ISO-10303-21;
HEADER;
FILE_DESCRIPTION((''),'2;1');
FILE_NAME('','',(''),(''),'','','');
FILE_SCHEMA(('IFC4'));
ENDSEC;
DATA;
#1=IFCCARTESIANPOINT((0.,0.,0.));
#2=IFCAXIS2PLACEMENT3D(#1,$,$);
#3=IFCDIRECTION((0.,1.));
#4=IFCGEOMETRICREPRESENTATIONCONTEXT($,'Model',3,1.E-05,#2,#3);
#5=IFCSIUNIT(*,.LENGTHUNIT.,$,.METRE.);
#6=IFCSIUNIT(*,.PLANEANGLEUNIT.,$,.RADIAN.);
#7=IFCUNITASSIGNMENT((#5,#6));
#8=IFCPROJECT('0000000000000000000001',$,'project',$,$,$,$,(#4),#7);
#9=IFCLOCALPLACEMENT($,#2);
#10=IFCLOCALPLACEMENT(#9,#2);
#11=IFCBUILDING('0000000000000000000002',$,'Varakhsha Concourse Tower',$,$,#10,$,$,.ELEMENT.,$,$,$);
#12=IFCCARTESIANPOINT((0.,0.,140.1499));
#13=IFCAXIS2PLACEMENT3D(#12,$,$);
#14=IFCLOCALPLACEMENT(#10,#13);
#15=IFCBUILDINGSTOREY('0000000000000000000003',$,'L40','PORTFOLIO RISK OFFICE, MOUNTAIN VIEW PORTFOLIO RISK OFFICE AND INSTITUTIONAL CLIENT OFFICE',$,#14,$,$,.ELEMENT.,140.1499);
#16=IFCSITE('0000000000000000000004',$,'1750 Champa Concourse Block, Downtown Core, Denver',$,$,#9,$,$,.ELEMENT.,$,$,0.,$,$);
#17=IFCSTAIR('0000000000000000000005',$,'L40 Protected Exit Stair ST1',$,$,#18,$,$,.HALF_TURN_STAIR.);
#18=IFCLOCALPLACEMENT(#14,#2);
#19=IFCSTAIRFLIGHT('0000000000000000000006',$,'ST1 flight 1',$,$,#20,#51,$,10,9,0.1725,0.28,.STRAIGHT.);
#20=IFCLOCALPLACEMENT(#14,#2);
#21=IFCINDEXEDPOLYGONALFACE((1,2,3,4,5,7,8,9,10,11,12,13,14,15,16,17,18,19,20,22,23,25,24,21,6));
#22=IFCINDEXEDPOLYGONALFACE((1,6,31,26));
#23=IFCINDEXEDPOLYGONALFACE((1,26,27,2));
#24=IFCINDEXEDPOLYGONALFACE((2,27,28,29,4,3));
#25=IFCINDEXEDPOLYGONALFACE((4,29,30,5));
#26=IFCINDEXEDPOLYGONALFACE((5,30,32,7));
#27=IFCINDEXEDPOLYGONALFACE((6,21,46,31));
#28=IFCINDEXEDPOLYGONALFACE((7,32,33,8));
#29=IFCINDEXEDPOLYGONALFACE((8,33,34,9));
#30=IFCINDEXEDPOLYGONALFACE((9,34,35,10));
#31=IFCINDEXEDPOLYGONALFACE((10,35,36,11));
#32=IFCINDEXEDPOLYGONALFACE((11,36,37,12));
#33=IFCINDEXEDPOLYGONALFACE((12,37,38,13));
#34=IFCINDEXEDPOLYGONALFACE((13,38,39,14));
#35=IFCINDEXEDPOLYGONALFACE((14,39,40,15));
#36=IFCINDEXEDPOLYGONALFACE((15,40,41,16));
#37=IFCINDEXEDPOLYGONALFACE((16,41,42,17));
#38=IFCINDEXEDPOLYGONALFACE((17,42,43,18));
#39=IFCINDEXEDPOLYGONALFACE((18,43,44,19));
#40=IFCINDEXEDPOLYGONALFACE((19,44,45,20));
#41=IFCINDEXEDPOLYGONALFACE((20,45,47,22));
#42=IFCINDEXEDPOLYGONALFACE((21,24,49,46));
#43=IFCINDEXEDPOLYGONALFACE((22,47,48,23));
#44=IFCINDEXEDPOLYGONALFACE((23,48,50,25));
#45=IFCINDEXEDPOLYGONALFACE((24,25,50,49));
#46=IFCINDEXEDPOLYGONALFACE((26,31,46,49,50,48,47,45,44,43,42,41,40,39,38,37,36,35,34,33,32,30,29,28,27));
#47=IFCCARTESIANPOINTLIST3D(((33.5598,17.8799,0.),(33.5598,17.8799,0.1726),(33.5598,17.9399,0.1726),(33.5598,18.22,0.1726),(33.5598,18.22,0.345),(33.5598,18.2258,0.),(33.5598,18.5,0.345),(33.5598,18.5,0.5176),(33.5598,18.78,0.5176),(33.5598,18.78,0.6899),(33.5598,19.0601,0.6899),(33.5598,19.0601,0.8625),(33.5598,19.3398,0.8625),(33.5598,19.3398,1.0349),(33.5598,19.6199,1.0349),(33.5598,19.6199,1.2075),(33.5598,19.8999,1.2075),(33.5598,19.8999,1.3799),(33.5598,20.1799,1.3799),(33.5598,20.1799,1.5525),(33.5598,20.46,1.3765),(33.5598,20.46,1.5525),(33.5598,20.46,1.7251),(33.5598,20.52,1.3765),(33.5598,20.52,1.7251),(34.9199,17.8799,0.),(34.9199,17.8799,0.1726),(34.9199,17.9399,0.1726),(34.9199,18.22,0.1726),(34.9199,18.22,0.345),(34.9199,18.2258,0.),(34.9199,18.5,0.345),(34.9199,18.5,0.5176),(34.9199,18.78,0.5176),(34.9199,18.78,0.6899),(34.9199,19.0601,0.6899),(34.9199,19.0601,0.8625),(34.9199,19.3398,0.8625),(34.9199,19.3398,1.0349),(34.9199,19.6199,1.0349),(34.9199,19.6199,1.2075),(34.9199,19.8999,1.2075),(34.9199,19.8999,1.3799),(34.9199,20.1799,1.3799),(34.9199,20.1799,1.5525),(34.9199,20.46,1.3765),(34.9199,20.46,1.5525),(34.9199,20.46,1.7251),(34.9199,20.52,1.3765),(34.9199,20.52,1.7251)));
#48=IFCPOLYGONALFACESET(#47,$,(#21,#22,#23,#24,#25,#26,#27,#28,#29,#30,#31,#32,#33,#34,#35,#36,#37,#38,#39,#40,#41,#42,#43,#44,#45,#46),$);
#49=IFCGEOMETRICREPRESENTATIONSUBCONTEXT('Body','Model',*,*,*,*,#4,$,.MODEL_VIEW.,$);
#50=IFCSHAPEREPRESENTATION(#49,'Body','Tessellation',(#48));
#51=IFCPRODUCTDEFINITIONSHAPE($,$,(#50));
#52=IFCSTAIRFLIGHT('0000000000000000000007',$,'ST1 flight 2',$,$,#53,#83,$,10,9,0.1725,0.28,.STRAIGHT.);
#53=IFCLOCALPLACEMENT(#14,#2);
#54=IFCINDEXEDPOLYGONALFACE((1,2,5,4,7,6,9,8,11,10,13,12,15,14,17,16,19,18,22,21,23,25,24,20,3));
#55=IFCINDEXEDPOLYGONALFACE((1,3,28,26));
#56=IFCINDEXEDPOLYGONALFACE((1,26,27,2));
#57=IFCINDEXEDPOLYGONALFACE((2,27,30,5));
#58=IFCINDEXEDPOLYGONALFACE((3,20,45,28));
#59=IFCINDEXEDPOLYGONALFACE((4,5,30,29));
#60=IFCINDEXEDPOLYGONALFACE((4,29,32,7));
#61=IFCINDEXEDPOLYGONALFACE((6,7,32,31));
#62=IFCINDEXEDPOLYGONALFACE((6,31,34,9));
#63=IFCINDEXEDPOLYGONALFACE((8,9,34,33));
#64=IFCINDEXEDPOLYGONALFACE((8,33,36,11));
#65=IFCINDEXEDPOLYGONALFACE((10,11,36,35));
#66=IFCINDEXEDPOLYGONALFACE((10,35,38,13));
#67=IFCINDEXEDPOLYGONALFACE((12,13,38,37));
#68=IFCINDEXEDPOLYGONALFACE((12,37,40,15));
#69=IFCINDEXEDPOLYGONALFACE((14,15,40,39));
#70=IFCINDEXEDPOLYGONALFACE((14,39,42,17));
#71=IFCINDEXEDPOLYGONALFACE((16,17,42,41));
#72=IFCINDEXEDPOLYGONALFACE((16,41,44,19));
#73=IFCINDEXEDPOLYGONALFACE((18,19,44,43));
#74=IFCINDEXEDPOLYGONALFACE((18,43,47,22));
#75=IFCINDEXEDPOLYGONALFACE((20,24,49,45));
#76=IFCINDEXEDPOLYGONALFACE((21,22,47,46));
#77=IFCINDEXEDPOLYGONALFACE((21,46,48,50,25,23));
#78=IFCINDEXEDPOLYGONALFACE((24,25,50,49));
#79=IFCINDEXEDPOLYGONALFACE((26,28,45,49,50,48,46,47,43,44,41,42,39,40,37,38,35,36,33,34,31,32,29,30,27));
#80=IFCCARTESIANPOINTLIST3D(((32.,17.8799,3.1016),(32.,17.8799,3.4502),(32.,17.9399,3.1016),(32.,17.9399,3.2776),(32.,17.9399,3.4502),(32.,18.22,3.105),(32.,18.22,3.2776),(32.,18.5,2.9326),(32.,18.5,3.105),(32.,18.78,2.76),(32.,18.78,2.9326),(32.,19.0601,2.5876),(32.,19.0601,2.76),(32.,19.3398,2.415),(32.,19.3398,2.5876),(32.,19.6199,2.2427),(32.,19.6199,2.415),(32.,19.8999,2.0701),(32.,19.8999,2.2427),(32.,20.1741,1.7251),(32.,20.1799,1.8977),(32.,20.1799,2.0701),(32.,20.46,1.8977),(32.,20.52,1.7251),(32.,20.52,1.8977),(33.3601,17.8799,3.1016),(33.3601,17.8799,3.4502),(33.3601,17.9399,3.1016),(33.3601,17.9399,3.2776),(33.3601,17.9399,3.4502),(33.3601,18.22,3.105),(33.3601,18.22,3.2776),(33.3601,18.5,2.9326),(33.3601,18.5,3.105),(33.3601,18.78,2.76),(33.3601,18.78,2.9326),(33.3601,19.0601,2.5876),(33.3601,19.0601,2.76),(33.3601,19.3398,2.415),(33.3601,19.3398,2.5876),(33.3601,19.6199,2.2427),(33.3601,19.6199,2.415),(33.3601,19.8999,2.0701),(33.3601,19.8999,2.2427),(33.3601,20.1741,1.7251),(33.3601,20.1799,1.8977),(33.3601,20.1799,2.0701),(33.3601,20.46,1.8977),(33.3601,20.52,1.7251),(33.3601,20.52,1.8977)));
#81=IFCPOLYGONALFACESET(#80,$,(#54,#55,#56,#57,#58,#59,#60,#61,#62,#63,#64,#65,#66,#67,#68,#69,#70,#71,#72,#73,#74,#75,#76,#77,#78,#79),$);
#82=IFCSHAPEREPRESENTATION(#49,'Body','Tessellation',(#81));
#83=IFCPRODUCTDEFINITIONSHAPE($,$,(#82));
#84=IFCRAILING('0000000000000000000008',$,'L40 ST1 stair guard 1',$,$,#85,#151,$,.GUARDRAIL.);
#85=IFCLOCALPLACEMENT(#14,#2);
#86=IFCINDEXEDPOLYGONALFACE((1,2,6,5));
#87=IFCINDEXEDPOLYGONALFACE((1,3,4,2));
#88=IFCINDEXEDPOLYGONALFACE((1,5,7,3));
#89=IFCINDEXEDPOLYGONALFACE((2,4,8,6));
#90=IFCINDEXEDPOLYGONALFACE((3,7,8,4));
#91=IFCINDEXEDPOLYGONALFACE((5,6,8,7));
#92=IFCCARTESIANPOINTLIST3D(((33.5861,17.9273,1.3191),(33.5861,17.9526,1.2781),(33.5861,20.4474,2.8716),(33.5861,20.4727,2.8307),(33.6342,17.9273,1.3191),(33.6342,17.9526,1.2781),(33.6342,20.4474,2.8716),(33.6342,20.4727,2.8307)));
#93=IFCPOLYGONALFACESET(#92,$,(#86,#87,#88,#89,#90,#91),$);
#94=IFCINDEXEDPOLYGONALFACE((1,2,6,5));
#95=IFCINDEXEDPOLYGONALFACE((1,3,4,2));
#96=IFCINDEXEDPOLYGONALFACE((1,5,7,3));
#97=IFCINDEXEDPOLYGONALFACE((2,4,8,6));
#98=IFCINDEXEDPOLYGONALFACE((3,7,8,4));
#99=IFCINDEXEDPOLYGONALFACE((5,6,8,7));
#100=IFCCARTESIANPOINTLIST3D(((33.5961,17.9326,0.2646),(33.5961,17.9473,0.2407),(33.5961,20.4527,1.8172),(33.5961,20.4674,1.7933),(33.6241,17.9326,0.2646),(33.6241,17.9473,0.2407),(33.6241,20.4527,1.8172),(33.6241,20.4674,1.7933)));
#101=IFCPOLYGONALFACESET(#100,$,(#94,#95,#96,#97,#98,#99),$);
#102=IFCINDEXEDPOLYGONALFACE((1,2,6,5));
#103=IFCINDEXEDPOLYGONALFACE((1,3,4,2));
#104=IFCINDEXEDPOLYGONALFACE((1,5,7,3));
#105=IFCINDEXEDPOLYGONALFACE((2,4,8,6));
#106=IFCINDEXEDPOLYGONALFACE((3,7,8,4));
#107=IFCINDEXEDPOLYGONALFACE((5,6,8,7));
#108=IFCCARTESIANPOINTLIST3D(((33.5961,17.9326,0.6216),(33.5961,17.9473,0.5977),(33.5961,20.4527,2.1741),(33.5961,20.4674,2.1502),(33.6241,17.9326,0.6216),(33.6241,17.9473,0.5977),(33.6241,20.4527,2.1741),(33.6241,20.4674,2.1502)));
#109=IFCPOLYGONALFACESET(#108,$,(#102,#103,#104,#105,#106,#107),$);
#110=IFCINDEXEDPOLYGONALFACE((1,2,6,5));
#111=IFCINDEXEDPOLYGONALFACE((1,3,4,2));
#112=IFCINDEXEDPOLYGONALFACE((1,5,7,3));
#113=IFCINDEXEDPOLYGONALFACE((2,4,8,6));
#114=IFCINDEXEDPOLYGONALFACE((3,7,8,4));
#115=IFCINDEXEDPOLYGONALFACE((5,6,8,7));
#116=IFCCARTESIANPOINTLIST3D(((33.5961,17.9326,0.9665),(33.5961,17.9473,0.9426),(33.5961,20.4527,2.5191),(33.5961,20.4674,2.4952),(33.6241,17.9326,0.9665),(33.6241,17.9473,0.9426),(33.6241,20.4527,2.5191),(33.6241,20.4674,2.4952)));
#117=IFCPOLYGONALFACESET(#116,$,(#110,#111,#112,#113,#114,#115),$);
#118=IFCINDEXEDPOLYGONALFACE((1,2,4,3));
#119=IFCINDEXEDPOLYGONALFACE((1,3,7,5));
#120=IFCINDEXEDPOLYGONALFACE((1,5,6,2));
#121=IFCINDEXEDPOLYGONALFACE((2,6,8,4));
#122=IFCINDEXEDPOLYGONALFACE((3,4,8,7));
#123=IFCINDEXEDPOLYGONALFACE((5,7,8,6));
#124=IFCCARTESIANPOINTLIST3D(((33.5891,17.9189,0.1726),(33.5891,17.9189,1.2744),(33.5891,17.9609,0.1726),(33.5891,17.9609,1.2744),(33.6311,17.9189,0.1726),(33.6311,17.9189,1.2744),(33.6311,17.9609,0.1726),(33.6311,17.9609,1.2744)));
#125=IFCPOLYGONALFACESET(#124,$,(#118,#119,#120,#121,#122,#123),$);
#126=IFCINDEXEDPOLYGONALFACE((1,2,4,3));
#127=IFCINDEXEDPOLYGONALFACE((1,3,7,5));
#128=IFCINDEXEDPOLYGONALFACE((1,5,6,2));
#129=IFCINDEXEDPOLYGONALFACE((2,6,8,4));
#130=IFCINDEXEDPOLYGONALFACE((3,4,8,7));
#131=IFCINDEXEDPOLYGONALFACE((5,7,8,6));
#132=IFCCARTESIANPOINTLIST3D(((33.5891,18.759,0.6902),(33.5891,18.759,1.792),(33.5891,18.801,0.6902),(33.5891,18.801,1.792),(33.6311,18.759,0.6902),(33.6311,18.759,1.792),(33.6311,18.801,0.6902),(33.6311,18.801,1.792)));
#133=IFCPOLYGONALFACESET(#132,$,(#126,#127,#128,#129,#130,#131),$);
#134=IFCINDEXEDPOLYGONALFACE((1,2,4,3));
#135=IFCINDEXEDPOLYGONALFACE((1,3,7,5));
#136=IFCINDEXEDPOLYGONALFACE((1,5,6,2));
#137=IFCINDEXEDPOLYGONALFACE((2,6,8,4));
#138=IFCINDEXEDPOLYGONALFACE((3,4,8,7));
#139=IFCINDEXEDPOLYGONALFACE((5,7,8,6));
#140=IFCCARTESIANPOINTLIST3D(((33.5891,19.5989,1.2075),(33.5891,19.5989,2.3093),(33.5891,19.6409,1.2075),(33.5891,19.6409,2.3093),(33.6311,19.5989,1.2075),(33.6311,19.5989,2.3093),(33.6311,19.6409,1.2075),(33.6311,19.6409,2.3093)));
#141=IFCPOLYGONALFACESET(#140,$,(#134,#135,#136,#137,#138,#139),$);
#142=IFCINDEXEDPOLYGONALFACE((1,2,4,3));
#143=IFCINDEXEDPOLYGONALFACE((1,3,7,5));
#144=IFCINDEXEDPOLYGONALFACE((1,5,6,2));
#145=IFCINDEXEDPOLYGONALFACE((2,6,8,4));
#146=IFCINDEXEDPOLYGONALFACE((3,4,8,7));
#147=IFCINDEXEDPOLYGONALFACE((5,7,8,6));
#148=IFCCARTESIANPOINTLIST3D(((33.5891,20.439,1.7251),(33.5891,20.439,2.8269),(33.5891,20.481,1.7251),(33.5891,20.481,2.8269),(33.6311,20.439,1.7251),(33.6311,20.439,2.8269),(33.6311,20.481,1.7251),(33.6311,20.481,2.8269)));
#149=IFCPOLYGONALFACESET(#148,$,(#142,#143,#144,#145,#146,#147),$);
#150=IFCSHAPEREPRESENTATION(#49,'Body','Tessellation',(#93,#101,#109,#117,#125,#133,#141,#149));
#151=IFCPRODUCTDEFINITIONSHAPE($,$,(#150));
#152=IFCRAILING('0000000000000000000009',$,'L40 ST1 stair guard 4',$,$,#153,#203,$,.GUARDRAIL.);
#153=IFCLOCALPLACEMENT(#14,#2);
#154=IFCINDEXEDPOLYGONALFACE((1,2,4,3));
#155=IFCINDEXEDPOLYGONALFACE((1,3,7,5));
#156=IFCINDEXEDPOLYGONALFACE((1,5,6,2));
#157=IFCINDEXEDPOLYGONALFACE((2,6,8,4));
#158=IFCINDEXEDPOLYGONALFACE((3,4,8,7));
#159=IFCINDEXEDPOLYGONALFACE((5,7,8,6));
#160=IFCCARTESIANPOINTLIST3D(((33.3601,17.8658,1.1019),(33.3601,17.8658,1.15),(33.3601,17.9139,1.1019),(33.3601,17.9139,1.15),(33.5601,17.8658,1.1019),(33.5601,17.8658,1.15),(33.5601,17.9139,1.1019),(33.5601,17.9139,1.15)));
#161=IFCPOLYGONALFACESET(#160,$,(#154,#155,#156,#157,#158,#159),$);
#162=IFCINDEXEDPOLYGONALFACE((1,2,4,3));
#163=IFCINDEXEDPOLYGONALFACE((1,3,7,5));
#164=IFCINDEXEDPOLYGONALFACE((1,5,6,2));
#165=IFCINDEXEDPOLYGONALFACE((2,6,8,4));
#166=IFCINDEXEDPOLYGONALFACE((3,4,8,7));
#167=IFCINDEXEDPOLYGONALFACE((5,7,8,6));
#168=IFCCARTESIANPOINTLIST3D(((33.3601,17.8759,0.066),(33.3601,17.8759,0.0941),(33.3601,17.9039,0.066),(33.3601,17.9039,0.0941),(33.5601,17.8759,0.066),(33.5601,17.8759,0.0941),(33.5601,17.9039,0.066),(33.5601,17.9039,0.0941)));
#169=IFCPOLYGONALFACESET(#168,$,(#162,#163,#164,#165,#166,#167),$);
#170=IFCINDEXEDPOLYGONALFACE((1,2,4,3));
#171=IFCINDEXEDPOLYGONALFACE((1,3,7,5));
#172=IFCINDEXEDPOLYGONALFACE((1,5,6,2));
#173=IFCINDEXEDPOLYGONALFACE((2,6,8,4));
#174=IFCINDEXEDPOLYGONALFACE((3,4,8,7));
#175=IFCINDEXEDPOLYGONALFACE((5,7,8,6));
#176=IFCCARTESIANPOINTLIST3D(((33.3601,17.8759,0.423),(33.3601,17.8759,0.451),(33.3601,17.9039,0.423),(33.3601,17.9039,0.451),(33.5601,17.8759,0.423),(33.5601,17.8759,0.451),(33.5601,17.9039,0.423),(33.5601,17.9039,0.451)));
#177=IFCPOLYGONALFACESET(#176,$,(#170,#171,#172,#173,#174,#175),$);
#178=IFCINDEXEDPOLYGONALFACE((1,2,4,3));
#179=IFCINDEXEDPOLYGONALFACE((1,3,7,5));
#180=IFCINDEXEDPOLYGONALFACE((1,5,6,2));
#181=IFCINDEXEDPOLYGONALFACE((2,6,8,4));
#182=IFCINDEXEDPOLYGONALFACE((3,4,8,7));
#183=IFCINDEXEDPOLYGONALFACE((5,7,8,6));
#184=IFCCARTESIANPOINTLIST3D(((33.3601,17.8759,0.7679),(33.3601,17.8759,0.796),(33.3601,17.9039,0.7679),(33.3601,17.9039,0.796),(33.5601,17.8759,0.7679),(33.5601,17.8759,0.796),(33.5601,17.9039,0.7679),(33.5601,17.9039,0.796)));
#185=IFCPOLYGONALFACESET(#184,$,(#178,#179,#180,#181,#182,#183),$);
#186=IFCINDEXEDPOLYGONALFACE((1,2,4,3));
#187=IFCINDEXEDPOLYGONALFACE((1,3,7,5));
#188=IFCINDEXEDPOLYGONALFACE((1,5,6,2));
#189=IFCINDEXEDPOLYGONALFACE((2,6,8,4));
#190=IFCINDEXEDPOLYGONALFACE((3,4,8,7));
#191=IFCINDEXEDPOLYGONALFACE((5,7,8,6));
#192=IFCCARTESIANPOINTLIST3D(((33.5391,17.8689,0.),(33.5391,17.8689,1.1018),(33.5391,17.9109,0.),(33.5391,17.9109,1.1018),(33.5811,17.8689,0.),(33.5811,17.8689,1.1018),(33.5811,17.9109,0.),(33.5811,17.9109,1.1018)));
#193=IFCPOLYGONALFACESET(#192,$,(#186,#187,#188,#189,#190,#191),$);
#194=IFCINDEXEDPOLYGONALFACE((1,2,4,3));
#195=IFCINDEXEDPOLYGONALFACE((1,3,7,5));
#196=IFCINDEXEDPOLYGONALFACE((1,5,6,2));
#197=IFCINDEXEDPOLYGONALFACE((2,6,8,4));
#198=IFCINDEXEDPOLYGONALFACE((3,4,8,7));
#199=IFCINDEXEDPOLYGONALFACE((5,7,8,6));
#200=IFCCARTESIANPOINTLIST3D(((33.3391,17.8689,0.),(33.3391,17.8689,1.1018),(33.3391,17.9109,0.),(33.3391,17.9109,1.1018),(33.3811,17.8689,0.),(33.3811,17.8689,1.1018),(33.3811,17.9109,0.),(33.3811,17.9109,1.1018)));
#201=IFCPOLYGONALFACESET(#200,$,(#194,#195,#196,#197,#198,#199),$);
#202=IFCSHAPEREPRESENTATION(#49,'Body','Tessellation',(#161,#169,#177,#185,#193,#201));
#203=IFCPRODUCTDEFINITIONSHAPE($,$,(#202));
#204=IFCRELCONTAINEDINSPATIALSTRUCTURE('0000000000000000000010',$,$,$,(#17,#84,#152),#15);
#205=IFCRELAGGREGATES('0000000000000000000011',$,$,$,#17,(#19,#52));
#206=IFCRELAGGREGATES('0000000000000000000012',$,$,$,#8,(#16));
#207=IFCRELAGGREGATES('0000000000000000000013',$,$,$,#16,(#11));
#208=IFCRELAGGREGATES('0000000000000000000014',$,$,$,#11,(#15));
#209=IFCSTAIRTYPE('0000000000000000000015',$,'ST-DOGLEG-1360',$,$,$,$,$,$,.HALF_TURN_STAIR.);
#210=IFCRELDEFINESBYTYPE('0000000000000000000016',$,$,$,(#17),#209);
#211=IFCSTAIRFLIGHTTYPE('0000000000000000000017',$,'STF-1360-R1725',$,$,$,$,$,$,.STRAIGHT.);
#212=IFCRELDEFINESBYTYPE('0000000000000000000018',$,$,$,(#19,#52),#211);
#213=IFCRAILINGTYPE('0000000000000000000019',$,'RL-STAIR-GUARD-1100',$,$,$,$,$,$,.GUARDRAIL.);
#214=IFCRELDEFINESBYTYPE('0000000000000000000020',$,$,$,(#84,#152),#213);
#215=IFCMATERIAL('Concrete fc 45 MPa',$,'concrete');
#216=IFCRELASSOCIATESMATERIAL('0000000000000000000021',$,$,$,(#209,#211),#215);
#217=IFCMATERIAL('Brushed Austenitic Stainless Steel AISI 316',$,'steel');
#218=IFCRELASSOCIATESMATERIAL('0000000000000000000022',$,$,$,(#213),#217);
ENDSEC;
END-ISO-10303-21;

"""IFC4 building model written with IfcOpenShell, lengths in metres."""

from ifc_helpers import new_model, si_unit, direction, frame, origin, origin_2d, place, context, subcontext, project, spatial, polyline, rectangle, outline, extrude, material, type_object, element, aggregate, save


model = new_model("IFC4")

# Units and contexts
model_context = context("Model", 3, precision=1e-05, world=origin(), true_north=direction((0.0, 1.0)))
body_context = subcontext(model_context, "Body", "Model", "MODEL_VIEW")
ifc_project = project(units=[si_unit("LENGTHUNIT", "METRE"), si_unit("PLANEANGLEUNIT", "RADIAN")], contexts=[model_context])

# Site, building, storey
site_placement = place(None, origin())
site = spatial("IfcSite", under=ifc_project, at=site_placement, Name="1750 Champa Concourse Block, Downtown Core, Denver", CompositionType="ELEMENT", RefElevation=0.0)
building_placement = place(site_placement, origin())
building = spatial("IfcBuilding", under=site, at=building_placement, Name="Varakhsha Concourse Tower", CompositionType="ELEMENT")
storey_placement = place(building_placement, frame((0.0, 0.0, 140.1499)))
storey = spatial("IfcBuildingStorey", under=building, at=storey_placement, Name="L40", Description="PORTFOLIO RISK OFFICE, MOUNTAIN VIEW PORTFOLIO RISK OFFICE AND INSTITUTIONAL CLIENT OFFICE", CompositionType="ELEMENT", Elevation=140.1499)

# Shared definitions
ifc_material_1 = material(Name="Concrete fc 45 MPa", Category="concrete")

# Stair, stair flights
stair_type = type_object("IfcStairType", Name="ST-DOGLEG-1360", PredefinedType="HALF_TURN_STAIR", material=ifc_material_1)
stair_placement = place(storey_placement, origin())
stair = element("IfcStair", 1, at=stair_placement, inside=storey, type_object=stair_type, Name="L40 Protected Exit Stair ST1", PredefinedType="HALF_TURN_STAIR")
stair_flight_type = type_object("IfcStairFlightType", Name="STF-1360-R1725", PredefinedType="STRAIGHT", material=ifc_material_1)
stair_flight_1_placement = place(storey_placement, frame((34.24, 17.9399, 0.0), z_axis=(0.0, 0.0, 1.0), x_axis=(0.0, 1.0, 0.0)))
stair_flight_1 = element("IfcStairFlight", 2, at=stair_flight_1_placement, type_object=stair_flight_type, Name="ST1 flight 1", NumberOfRisers=10, NumberOfTreads=9, PredefinedType="STRAIGHT", RiserHeight=0.1725, TreadLength=0.28, context=body_context, shape_type="SweptSolid", body=[
    extrude(outline(polyline([(-0.0601, 0.0), (-0.0601, 0.1726), (0.0, 0.1726), (0.28, 0.1726), (0.28, 0.345), (0.5601, 0.345), (0.5601, 0.5176), (0.8401, 0.5176), (0.8401, 0.6899), (1.1201, 0.6899), (1.1201, 0.8625), (1.3999, 0.8625), (1.3999, 1.0349), (1.6799, 1.0349), (1.6799, 1.2075), (1.96, 1.2075), (1.96, 1.3799), (2.24, 1.3799), (2.24, 1.5525), (2.52, 1.5525), (2.52, 1.7251), (2.5801, 1.7251), (2.5801, 1.3765), (2.52, 1.3765), (0.2859, 0.0), (-0.0601, 0.0)])), frame((0.0, 0.6802, 0.0), z_axis=(0.0, -1.0, 0.0), x_axis=(1.0, 0.0, 0.0)), (0.0, 0.0, 1.0), 1.3601),
])
stair_flight_2_placement = place(storey_placement, frame((32.6799, 20.46, 1.7251), z_axis=(0.0, 0.0, 1.0), x_axis=(0.0, -1.0, 0.0)))
stair_flight_2 = element("IfcStairFlight", 3, at=stair_flight_2_placement, type_object=stair_flight_type, Name="ST1 flight 2", NumberOfRisers=10, NumberOfTreads=9, PredefinedType="STRAIGHT", RiserHeight=0.1725, TreadLength=0.28, context=body_context, shape_type="SweptSolid", body=[
    extrude(outline(polyline([(-0.0601, 0.0), (-0.0601, 0.1726), (0.0, 0.1726), (0.28, 0.1726), (0.28, 0.345), (0.5601, 0.345), (0.5601, 0.5176), (0.8401, 0.5176), (0.8401, 0.6899), (1.1201, 0.6899), (1.1201, 0.8625), (1.3999, 0.8625), (1.3999, 1.0349), (1.6799, 1.0349), (1.6799, 1.2075), (1.96, 1.2075), (1.96, 1.3799), (2.24, 1.3799), (2.24, 1.5525), (2.52, 1.5525), (2.52, 1.7251), (2.5801, 1.7251), (2.5801, 1.3765), (2.52, 1.3765), (0.2859, 0.0), (-0.0601, 0.0)])), frame((0.0, 0.6802, 0.0), z_axis=(0.0, -1.0, 0.0), x_axis=(1.0, 0.0, 0.0)), (0.0, 0.0, 1.0), 1.3601),
])
aggregate(stair, [stair_flight_1, stair_flight_2])

# Railings
ifc_material_2 = material(Name="Brushed Austenitic Stainless Steel AISI 316", Category="steel")
railing_type_1 = type_object("IfcRailingType", Name="RL-STAIR-GUARD-1100", PredefinedType="GUARDRAIL", material=ifc_material_2)
railing_1_placement = place(storey_placement, frame((33.6101, 17.9399, 0.1726)))
element("IfcRailing", 4, at=railing_1_placement, inside=storey, type_object=railing_type_1, Name="L40 ST1 stair guard 1", PredefinedType="GUARDRAIL", context=body_context, shape_type="SweptSolid", body=[
    extrude(rectangle(XDim=0.0481, YDim=0.0481, at=origin_2d()), frame((0.0, 0.0, 1.126), z_axis=(0.0, 0.8514, 0.524516), x_axis=(-1.0, 0.0, 0.0)), (0.0, 0.0, 1.0), 2.96),
    extrude(rectangle(XDim=0.0281, YDim=0.0281, at=origin_2d()), frame((0.0, 0.0, 0.0801), z_axis=(0.0, 0.8514, 0.524516), x_axis=(-1.0, 0.0, 0.0)), (0.0, 0.0, 1.0), 2.96),
    extrude(rectangle(XDim=0.0281, YDim=0.0281, at=origin_2d()), frame((0.0, 0.0, 0.437), z_axis=(0.0, 0.8514, 0.524516), x_axis=(-1.0, 0.0, 0.0)), (0.0, 0.0, 1.0), 2.96),
    extrude(rectangle(XDim=0.0281, YDim=0.0281, at=origin_2d()), frame((0.0, 0.0, 0.782), z_axis=(0.0, 0.8514, 0.524516), x_axis=(-1.0, 0.0, 0.0)), (0.0, 0.0, 1.0), 2.96),
    extrude(rectangle(XDim=0.042, YDim=0.042, at=origin_2d()), origin(), (0.0, 0.0, 1.0), 1.1018),
    extrude(rectangle(XDim=0.042, YDim=0.042, at=origin_2d()), frame((0.0, 0.8401, 0.5176)), (0.0, 0.0, 1.0), 1.1018),
    extrude(rectangle(XDim=0.042, YDim=0.042, at=origin_2d()), frame((0.0, 1.6799, 1.0349)), (0.0, 0.0, 1.0), 1.1018),
    extrude(rectangle(XDim=0.042, YDim=0.042, at=origin_2d()), frame((0.0, 2.52, 1.5525)), (0.0, 0.0, 1.0), 1.1018),
])
railing_2_placement = place(storey_placement, frame((33.5601, 17.8899, 0.0)))
element("IfcRailing", 5, at=railing_2_placement, inside=storey, type_object=railing_type_1, Name="L40 ST1 stair guard 4", PredefinedType="GUARDRAIL", context=body_context, shape_type="SweptSolid", body=[
    extrude(rectangle(XDim=0.0481, YDim=0.0481, at=origin_2d()), frame((0.0, 0.0, 1.126), z_axis=(-1.0, 0.0, 0.0), x_axis=(0.0, -1.0, 0.0)), (0.0, 0.0, 1.0), 0.2),
    extrude(rectangle(XDim=0.0281, YDim=0.0281, at=origin_2d()), frame((0.0, 0.0, 0.0801), z_axis=(-1.0, 0.0, 0.0), x_axis=(0.0, -1.0, 0.0)), (0.0, 0.0, 1.0), 0.2),
    extrude(rectangle(XDim=0.0281, YDim=0.0281, at=origin_2d()), frame((0.0, 0.0, 0.437), z_axis=(-1.0, 0.0, 0.0), x_axis=(0.0, -1.0, 0.0)), (0.0, 0.0, 1.0), 0.2),
    extrude(rectangle(XDim=0.0281, YDim=0.0281, at=origin_2d()), frame((0.0, 0.0, 0.782), z_axis=(-1.0, 0.0, 0.0), x_axis=(0.0, -1.0, 0.0)), (0.0, 0.0, 1.0), 0.2),
    extrude(rectangle(XDim=0.042, YDim=0.042, at=origin_2d()), origin(), (0.0, 0.0, 1.0), 1.1018),
    extrude(rectangle(XDim=0.042, YDim=0.042, at=origin_2d()), frame((-0.2, 0.0, 0.0)), (0.0, 0.0, 1.0), 1.1018),
])

save(model, "model.ifc")
